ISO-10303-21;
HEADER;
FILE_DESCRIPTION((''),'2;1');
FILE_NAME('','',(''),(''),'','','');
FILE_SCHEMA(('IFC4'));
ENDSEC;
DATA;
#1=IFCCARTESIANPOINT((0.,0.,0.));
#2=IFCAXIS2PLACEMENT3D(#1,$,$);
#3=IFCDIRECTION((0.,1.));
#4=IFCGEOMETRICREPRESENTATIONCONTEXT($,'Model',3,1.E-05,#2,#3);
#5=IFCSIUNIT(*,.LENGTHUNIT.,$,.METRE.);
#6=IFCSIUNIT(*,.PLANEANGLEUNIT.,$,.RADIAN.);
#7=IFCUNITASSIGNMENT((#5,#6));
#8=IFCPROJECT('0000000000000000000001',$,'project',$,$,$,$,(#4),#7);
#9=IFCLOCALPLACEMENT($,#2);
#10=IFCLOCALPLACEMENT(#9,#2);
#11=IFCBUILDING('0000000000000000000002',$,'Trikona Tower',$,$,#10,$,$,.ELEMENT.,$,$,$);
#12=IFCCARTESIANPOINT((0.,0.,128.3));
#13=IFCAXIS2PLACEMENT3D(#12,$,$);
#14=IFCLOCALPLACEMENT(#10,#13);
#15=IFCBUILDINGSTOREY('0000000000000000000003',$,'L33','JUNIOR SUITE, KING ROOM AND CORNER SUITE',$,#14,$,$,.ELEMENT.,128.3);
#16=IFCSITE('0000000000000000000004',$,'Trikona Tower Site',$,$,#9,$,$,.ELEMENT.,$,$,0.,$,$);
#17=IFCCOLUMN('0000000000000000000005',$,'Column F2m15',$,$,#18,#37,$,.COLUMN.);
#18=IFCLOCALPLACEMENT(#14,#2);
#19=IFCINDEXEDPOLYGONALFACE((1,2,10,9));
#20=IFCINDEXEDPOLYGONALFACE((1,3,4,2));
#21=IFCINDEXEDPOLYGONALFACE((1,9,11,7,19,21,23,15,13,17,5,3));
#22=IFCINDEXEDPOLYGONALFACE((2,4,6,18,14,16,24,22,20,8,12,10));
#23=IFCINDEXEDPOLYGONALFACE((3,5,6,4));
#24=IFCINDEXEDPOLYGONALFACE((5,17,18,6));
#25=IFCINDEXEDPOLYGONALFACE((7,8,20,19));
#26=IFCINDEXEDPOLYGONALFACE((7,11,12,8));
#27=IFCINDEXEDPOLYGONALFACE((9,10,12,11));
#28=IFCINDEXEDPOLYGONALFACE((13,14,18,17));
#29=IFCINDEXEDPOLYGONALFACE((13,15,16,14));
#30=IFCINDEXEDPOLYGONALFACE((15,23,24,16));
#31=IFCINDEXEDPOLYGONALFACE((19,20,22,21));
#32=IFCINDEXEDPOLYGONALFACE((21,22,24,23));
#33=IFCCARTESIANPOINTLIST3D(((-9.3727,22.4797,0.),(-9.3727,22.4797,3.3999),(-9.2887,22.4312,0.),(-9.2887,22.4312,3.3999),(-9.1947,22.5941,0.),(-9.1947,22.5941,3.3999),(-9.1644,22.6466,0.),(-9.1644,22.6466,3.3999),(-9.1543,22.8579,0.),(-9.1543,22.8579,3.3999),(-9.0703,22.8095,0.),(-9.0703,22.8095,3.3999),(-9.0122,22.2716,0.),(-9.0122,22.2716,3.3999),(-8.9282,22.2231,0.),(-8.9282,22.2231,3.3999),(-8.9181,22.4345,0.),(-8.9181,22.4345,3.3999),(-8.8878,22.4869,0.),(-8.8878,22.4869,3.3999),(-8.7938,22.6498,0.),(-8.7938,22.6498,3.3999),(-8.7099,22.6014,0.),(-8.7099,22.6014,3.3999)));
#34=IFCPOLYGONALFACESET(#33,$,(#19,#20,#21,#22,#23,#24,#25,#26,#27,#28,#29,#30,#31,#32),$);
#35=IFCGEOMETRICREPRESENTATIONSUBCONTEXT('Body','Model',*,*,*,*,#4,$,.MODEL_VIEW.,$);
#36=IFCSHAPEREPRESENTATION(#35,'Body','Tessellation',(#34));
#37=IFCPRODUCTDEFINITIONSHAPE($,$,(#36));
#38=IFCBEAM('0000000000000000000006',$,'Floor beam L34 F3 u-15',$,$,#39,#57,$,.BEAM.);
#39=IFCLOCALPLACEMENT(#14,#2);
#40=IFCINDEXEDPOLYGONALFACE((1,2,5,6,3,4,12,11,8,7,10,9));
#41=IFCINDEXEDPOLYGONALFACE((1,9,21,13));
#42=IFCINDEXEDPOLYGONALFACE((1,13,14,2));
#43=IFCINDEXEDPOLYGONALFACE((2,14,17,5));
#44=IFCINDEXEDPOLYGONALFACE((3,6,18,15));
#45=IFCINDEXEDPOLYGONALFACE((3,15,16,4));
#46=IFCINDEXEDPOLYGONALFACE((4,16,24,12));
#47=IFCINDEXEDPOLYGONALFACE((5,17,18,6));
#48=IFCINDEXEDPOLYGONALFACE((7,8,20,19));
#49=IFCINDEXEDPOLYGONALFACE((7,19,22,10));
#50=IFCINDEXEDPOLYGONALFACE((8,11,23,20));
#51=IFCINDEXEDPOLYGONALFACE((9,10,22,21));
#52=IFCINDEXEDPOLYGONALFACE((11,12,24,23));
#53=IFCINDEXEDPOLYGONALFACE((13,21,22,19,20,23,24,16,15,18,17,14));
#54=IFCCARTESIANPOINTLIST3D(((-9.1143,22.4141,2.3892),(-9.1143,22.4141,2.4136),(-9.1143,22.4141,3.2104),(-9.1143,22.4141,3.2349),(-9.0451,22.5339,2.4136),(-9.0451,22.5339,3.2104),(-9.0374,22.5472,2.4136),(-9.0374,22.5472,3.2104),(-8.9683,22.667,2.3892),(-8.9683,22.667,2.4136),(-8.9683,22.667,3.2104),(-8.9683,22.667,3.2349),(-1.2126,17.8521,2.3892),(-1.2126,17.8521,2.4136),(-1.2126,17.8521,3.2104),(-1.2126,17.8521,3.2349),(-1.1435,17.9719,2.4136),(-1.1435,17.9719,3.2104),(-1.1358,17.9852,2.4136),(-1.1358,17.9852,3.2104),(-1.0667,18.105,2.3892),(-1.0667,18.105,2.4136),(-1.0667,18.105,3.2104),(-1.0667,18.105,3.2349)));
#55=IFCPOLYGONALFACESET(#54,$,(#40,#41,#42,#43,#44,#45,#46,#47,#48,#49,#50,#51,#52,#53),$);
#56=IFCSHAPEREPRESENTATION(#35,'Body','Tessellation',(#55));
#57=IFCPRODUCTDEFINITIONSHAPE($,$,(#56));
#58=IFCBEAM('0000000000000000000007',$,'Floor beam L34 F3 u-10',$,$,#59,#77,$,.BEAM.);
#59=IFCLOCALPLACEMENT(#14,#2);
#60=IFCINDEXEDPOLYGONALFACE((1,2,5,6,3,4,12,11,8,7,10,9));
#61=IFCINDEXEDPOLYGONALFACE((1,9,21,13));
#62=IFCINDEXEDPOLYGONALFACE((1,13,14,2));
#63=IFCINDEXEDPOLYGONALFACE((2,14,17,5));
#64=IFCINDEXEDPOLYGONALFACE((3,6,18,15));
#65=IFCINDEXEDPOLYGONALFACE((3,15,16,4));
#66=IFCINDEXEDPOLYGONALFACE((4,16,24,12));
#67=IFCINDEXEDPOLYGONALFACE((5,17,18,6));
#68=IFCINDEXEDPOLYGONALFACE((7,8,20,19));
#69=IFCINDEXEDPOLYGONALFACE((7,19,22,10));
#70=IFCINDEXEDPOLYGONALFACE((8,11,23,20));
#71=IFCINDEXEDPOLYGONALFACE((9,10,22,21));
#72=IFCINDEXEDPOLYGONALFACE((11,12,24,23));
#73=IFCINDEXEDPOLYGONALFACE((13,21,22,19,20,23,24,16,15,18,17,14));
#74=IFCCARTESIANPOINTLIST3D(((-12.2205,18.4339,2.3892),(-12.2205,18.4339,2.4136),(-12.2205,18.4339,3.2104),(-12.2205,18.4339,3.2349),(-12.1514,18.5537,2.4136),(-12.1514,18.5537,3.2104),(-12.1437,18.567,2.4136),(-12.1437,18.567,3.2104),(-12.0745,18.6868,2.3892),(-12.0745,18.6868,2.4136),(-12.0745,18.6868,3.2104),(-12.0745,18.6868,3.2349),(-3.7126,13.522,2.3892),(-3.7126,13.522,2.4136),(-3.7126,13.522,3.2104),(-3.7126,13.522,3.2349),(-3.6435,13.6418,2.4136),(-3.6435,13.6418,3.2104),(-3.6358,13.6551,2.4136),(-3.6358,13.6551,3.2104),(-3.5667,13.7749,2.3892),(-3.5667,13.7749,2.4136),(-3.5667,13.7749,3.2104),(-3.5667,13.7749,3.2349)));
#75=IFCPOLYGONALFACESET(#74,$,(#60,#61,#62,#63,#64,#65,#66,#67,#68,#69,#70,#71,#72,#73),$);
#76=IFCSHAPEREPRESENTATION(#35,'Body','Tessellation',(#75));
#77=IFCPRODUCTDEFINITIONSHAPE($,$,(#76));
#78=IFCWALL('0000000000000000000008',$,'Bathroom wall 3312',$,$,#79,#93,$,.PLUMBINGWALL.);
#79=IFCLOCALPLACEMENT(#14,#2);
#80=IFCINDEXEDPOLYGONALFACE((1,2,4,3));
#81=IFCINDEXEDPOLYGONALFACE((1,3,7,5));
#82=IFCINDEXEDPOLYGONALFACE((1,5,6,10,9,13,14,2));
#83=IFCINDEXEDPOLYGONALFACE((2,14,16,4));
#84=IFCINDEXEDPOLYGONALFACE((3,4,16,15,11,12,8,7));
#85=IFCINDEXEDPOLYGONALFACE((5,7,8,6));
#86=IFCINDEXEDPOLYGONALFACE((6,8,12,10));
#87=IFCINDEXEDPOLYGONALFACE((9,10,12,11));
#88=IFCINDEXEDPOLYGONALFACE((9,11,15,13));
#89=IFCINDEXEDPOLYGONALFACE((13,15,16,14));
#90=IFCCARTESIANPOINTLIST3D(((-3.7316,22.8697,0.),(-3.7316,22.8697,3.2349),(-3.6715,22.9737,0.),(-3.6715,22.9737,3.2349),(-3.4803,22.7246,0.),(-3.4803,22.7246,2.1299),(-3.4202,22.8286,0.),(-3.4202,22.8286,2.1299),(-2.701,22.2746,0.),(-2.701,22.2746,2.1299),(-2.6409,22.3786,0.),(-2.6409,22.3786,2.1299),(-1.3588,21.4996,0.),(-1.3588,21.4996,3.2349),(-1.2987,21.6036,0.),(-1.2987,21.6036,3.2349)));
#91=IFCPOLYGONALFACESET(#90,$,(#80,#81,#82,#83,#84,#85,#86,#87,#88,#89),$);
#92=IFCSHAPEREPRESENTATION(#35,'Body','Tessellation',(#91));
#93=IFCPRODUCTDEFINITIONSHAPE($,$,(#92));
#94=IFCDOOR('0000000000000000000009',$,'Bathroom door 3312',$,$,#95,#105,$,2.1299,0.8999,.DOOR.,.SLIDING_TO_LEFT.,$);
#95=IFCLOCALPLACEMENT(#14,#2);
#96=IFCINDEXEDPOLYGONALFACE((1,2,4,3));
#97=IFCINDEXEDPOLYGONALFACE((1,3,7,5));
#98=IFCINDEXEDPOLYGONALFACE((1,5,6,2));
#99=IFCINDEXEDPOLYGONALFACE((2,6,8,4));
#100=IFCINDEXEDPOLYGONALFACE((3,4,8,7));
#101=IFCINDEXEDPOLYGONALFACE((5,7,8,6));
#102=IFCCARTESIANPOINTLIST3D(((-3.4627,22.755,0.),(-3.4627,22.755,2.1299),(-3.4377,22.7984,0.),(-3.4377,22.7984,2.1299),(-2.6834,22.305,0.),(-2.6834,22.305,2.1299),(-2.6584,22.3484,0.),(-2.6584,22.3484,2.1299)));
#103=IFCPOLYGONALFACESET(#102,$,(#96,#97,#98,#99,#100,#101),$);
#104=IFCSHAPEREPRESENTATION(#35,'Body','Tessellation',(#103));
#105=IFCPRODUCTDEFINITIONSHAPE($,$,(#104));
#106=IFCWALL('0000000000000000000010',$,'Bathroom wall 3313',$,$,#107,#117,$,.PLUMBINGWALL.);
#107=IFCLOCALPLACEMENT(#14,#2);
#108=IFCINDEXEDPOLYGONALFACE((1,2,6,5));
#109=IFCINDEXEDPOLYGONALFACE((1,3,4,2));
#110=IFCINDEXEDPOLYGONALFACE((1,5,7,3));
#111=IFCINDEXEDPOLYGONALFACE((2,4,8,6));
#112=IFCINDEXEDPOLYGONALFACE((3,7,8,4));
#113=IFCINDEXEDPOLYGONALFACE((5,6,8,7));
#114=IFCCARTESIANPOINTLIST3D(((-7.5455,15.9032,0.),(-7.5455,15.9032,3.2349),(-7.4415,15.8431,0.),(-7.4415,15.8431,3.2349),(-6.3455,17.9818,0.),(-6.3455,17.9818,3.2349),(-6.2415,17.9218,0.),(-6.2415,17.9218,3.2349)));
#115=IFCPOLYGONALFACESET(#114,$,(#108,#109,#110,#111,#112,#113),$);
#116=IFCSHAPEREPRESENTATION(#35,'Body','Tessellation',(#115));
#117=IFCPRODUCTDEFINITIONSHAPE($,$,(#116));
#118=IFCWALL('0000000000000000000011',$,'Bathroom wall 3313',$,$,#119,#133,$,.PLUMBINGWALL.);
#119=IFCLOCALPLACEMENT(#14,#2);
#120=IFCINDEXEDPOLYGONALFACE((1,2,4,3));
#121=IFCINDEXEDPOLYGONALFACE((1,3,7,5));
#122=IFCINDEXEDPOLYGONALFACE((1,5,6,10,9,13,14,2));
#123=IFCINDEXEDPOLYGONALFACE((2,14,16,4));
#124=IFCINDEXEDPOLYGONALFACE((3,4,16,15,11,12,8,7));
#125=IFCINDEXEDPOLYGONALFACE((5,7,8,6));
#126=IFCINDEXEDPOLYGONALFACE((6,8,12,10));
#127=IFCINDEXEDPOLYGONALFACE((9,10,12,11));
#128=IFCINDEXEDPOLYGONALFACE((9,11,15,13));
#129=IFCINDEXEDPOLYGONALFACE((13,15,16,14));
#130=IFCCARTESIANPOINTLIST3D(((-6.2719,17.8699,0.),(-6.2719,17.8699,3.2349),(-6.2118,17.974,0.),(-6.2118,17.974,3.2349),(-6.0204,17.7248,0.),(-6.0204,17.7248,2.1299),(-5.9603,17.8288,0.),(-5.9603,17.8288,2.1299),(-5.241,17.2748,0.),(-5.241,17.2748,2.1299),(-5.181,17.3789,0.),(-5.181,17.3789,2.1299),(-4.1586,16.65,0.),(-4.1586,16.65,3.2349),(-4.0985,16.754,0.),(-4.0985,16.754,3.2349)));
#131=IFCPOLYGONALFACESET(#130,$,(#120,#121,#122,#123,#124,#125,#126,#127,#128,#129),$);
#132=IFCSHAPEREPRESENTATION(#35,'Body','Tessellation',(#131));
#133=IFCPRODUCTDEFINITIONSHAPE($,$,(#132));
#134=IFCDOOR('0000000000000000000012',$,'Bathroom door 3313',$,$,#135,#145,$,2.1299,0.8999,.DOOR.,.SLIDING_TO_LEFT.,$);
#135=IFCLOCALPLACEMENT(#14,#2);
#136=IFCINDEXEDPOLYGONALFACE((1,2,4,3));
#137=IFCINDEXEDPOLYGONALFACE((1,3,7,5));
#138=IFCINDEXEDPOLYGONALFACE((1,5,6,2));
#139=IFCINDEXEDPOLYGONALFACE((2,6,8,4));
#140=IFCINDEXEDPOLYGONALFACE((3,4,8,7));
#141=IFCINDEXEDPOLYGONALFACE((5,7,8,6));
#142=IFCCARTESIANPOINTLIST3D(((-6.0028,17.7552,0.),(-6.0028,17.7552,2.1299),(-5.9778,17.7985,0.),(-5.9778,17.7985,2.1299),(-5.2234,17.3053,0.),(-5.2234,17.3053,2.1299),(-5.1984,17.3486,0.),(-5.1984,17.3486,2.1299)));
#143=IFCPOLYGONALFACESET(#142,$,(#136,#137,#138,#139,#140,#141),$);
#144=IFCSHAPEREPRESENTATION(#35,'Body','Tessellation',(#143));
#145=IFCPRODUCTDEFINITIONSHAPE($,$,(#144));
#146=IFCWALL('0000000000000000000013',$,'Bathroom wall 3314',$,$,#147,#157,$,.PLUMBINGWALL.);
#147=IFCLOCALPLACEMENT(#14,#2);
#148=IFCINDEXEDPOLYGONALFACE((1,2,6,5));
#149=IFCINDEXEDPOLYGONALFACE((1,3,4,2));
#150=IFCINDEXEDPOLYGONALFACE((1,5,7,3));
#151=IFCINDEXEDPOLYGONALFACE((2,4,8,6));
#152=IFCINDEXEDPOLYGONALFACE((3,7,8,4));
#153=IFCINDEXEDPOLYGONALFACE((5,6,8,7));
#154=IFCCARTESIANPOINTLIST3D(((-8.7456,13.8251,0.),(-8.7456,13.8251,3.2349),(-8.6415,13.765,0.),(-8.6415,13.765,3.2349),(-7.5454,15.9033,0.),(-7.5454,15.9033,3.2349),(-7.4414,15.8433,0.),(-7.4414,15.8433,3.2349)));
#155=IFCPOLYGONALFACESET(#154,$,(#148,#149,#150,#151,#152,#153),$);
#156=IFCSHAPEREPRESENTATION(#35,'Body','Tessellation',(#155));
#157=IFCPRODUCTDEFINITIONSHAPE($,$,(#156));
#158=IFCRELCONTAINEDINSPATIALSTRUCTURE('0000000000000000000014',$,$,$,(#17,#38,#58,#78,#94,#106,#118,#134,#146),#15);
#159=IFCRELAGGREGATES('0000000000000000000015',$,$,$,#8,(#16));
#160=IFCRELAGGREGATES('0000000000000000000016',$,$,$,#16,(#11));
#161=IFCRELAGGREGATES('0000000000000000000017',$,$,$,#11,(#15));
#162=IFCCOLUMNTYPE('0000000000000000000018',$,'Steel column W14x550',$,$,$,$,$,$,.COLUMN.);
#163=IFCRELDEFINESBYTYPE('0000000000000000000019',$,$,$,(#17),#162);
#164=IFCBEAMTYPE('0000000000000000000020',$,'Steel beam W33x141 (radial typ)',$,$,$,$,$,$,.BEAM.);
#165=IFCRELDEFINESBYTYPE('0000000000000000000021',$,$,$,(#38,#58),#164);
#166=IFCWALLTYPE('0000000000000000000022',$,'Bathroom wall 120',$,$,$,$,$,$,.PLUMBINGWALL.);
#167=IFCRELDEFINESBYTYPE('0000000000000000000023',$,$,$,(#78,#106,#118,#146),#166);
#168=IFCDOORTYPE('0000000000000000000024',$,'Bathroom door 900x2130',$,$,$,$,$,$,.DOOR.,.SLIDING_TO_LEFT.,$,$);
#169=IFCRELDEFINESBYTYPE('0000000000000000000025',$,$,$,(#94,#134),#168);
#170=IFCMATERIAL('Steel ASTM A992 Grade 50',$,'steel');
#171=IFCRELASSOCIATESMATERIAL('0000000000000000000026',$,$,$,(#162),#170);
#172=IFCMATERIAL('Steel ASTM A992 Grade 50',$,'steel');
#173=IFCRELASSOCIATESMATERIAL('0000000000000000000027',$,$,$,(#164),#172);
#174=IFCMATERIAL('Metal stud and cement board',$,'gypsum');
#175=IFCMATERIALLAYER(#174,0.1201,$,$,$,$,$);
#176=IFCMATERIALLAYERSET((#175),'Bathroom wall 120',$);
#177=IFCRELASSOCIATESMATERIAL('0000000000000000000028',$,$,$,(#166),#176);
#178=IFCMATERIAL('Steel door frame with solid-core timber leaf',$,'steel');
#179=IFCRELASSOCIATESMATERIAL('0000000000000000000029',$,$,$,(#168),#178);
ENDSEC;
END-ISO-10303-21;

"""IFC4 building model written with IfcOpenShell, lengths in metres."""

from ifc_helpers import new_model, si_unit, direction, frame, frame_2d, origin, origin_2d, place, context, subcontext, project, spatial, rectangle, i_section, extrude, material, layer, layer_set, material_profile, profile_set, type_object, element, fill, save


model = new_model("IFC4")

# Units and contexts
model_context = context("Model", 3, precision=1e-05, world=origin(), true_north=direction((0.0, 1.0)))
body_context = subcontext(model_context, "Body", "Model", "MODEL_VIEW")
ifc_project = project(units=[si_unit("LENGTHUNIT", "METRE"), si_unit("PLANEANGLEUNIT", "RADIAN")], contexts=[model_context])

# Site, building, storey
site_placement = place(None, origin())
site = spatial("IfcSite", under=ifc_project, at=site_placement, Name="Trikona Tower Site", CompositionType="ELEMENT", RefElevation=0.0)
building_placement = place(site_placement, origin())
building = spatial("IfcBuilding", under=site, at=building_placement, Name="Trikona Tower", CompositionType="ELEMENT")
storey_placement = place(building_placement, frame((0.0, 0.0, 128.3)))
storey = spatial("IfcBuildingStorey", under=building, at=storey_placement, Name="L33", Description="JUNIOR SUITE, KING ROOM AND CORNER SUITE", CompositionType="ELEMENT", Elevation=128.3)

# Column
ifc_material_1 = material(Name="Steel ASTM A992 Grade 50", Category="steel")
ifc_material_profile_1 = material_profile(ifc_material_1, i_section(OverallWidth=0.4368, OverallDepth=0.5132, WebThickness=0.0605, FlangeThickness=0.0969, at=origin_2d()), Name="W14X550")
ifc_profile_set_1 = profile_set([ifc_material_profile_1], Name="Steel ASTM A992 Grade 50")
column_type = type_object("IfcColumnType", Name="Steel column W14x550", PredefinedType="COLUMN", material=ifc_profile_set_1)
column_placement = place(storey_placement, frame((-9.0413, 22.5405, 0.0), z_axis=(0.0, 0.0, 1.0), x_axis=(-0.5, -0.866025, 0.0)))
element("IfcColumn", 1, at=column_placement, inside=storey, type_object=column_type, Name="Column F2m15", PredefinedType="COLUMN", context=body_context, shape_type="SweptSolid", body=[
    extrude(i_section(OverallWidth=0.4368, OverallDepth=0.5132, WebThickness=0.0605, FlangeThickness=0.0969, at=origin_2d()), origin(), (0.0, 0.0, 1.0), 3.3999),
])

# Beams
ifc_material_2 = material(Name="Steel ASTM A992 Grade 50", Category="steel")
ifc_material_profile_2 = material_profile(ifc_material_2, i_section(OverallWidth=0.292, OverallDepth=0.8457, WebThickness=0.0154, FlangeThickness=0.0244, at=origin_2d()), Name="W33X141")
ifc_profile_set_2 = profile_set([ifc_material_profile_2], Name="Steel ASTM A992 Grade 50")
beam_type = type_object("IfcBeamType", Name="Steel beam W33x141 (radial typ)", PredefinedType="BEAM", material=ifc_profile_set_2)
beam_1_placement = place(storey_placement, frame((-1.1396, 17.9785, 2.812), z_axis=(-0.866025, 0.500001, 0.0), x_axis=(-0.500001, -0.866025, 0.0)))
element("IfcBeam", 2, at=beam_1_placement, inside=storey, type_object=beam_type, Name="Floor beam L34 F3 u-15", PredefinedType="BEAM", context=body_context, shape_type="SweptSolid", body=[
    extrude(i_section(OverallWidth=0.292, OverallDepth=0.8457, WebThickness=0.0154, FlangeThickness=0.0244, at=origin_2d()), origin(), (0.0, 0.0, 1.0), 9.124),
])
beam_2_placement = place(storey_placement, frame((-3.6396, 13.6484, 2.812), z_axis=(-0.866031, 0.499991, 0.0), x_axis=(-0.499991, -0.866031, 0.0)))
element("IfcBeam", 3, at=beam_2_placement, inside=storey, type_object=beam_type, Name="Floor beam L34 F3 u-10", PredefinedType="BEAM", context=body_context, shape_type="SweptSolid", body=[
    extrude(i_section(OverallWidth=0.292, OverallDepth=0.8457, WebThickness=0.0154, FlangeThickness=0.0244, at=origin_2d()), origin(), (0.0, 0.0, 1.0), 9.824),
])

# Wall, opening, door
ifc_material_3 = material(Name="Metal stud and cement board", Category="gypsum")
ifc_layer_1 = layer(ifc_material_3, 0.1201)
ifc_layer_set_1 = layer_set([ifc_layer_1], Name="Bathroom wall 120")
wall_type_1 = type_object("IfcWallType", Name="Bathroom wall 120", PredefinedType="PLUMBINGWALL", material=ifc_layer_set_1)
wall_1_placement = place(storey_placement, frame((-1.3286, 21.5515, 0.0), z_axis=(0.0, 0.0, 1.0), x_axis=(-0.865997, 0.500049, 0.0)))
wall_1 = element("IfcWall", 4, at=wall_1_placement, inside=storey, type_object=wall_type_1, Name="Bathroom wall 3312", PredefinedType="PLUMBINGWALL", context=body_context, shape_type="SweptSolid", body=[
    extrude(rectangle(XDim=2.74, YDim=0.1201, at=frame_2d((1.3701, 0.0))), origin(), (0.0, 0.0, 1.0), 3.2349),
])
opening_1_placement = place(wall_1_placement, frame((1.55, 0.0, 0.0)))
opening_1 = element("IfcOpeningElement", 5, at=opening_1_placement, cuts=wall_1, PredefinedType="OPENING", context=body_context, shape_type="SweptSolid", body=[
    extrude(rectangle(XDim=0.8999, YDim=2.1299, at=frame_2d((0.45, 1.0649))), frame((0.0, 0.0701, 0.0), z_axis=(0.0, -1.0, 0.0), x_axis=(1.0, 0.0, 0.0)), (0.0, 0.0, 1.0), 0.1401),
])
ifc_material_4 = material(Name="Steel door frame with solid-core timber leaf", Category="steel")
door_type_1 = type_object("IfcDoorType", Name="Bathroom door 900x2130", OperationType="SLIDING_TO_LEFT", PredefinedType="DOOR", material=ifc_material_4)
door_1_placement = place(opening_1_placement, origin())
door_1 = element("IfcDoor", 6, at=door_1_placement, inside=storey, type_object=door_type_1, Name="Bathroom door 3312", OperationType="SLIDING_TO_LEFT", OverallHeight=2.1299, OverallWidth=0.8999, PredefinedType="DOOR", context=body_context, shape_type="SweptSolid", body=[
    extrude(rectangle(XDim=0.8999, YDim=2.1299, at=frame_2d((0.45, 1.0649))), frame((0.0, 0.0249, 0.0), z_axis=(0.0, -1.0, 0.0), x_axis=(1.0, 0.0, 0.0)), (0.0, 0.0, 1.0), 0.05),
])
fill(opening_1, door_1)

# Wall
wall_2_placement = place(storey_placement, frame((-6.2935, 17.9519, 0.0), z_axis=(0.0, 0.0, 1.0), x_axis=(-0.499957, -0.86605, 0.0)))
element("IfcWall", 7, at=wall_2_placement, inside=storey, type_object=wall_type_1, Name="Bathroom wall 3313", PredefinedType="PLUMBINGWALL", context=body_context, shape_type="SweptSolid", body=[
    extrude(rectangle(XDim=2.4001, YDim=0.1201, at=frame_2d((1.2002, 0.0))), origin(), (0.0, 0.0, 1.0), 3.2349),
])

# Wall, opening, door
wall_3_placement = place(storey_placement, frame((-4.1284, 16.7019, 0.0), z_axis=(0.0, 0.0, 1.0), x_axis=(-0.866049, 0.499959, 0.0)))
wall_3 = element("IfcWall", 8, at=wall_3_placement, inside=storey, type_object=wall_type_1, Name="Bathroom wall 3313", PredefinedType="PLUMBINGWALL", context=body_context, shape_type="SweptSolid", body=[
    extrude(rectangle(XDim=2.4402, YDim=0.1201, at=frame_2d((1.2202, 0.0))), origin(), (0.0, 0.0, 1.0), 3.2349),
])
opening_2_placement = place(wall_3_placement, frame((1.25, 0.0, 0.0)))
opening_2 = element("IfcOpeningElement", 9, at=opening_2_placement, cuts=wall_3, PredefinedType="OPENING", context=body_context, shape_type="SweptSolid", body=[
    extrude(rectangle(XDim=0.8999, YDim=2.1299, at=frame_2d((0.45, 1.0649))), frame((0.0, 0.0701, 0.0), z_axis=(0.0, -1.0, 0.0), x_axis=(1.0, 0.0, 0.0)), (0.0, 0.0, 1.0), 0.1401),
])
door_2_placement = place(opening_2_placement, origin())
door_2 = element("IfcDoor", 10, at=door_2_placement, inside=storey, type_object=door_type_1, Name="Bathroom door 3313", OperationType="SLIDING_TO_LEFT", OverallHeight=2.1299, OverallWidth=0.8999, PredefinedType="DOOR", context=body_context, shape_type="SweptSolid", body=[
    extrude(rectangle(XDim=0.8999, YDim=2.1299, at=frame_2d((0.45, 1.0649))), frame((0.0, 0.0249, 0.0), z_axis=(0.0, -1.0, 0.0), x_axis=(1.0, 0.0, 0.0)), (0.0, 0.0, 1.0), 0.05),
])
fill(opening_2, door_2)

# Wall
wall_4_placement = place(storey_placement, frame((-7.4934, 15.8733, 0.0), z_axis=(0.0, 0.0, 1.0), x_axis=(-0.500078, -0.865981, 0.0)))
element("IfcWall", 11, at=wall_4_placement, inside=storey, type_object=wall_type_1, Name="Bathroom wall 3314", PredefinedType="PLUMBINGWALL", context=body_context, shape_type="SweptSolid", body=[
    extrude(rectangle(XDim=2.3999, YDim=0.1201, at=frame_2d((1.2, 0.0))), origin(), (0.0, 0.0, 1.0), 3.2349),
])

save(model, "model.ifc")
